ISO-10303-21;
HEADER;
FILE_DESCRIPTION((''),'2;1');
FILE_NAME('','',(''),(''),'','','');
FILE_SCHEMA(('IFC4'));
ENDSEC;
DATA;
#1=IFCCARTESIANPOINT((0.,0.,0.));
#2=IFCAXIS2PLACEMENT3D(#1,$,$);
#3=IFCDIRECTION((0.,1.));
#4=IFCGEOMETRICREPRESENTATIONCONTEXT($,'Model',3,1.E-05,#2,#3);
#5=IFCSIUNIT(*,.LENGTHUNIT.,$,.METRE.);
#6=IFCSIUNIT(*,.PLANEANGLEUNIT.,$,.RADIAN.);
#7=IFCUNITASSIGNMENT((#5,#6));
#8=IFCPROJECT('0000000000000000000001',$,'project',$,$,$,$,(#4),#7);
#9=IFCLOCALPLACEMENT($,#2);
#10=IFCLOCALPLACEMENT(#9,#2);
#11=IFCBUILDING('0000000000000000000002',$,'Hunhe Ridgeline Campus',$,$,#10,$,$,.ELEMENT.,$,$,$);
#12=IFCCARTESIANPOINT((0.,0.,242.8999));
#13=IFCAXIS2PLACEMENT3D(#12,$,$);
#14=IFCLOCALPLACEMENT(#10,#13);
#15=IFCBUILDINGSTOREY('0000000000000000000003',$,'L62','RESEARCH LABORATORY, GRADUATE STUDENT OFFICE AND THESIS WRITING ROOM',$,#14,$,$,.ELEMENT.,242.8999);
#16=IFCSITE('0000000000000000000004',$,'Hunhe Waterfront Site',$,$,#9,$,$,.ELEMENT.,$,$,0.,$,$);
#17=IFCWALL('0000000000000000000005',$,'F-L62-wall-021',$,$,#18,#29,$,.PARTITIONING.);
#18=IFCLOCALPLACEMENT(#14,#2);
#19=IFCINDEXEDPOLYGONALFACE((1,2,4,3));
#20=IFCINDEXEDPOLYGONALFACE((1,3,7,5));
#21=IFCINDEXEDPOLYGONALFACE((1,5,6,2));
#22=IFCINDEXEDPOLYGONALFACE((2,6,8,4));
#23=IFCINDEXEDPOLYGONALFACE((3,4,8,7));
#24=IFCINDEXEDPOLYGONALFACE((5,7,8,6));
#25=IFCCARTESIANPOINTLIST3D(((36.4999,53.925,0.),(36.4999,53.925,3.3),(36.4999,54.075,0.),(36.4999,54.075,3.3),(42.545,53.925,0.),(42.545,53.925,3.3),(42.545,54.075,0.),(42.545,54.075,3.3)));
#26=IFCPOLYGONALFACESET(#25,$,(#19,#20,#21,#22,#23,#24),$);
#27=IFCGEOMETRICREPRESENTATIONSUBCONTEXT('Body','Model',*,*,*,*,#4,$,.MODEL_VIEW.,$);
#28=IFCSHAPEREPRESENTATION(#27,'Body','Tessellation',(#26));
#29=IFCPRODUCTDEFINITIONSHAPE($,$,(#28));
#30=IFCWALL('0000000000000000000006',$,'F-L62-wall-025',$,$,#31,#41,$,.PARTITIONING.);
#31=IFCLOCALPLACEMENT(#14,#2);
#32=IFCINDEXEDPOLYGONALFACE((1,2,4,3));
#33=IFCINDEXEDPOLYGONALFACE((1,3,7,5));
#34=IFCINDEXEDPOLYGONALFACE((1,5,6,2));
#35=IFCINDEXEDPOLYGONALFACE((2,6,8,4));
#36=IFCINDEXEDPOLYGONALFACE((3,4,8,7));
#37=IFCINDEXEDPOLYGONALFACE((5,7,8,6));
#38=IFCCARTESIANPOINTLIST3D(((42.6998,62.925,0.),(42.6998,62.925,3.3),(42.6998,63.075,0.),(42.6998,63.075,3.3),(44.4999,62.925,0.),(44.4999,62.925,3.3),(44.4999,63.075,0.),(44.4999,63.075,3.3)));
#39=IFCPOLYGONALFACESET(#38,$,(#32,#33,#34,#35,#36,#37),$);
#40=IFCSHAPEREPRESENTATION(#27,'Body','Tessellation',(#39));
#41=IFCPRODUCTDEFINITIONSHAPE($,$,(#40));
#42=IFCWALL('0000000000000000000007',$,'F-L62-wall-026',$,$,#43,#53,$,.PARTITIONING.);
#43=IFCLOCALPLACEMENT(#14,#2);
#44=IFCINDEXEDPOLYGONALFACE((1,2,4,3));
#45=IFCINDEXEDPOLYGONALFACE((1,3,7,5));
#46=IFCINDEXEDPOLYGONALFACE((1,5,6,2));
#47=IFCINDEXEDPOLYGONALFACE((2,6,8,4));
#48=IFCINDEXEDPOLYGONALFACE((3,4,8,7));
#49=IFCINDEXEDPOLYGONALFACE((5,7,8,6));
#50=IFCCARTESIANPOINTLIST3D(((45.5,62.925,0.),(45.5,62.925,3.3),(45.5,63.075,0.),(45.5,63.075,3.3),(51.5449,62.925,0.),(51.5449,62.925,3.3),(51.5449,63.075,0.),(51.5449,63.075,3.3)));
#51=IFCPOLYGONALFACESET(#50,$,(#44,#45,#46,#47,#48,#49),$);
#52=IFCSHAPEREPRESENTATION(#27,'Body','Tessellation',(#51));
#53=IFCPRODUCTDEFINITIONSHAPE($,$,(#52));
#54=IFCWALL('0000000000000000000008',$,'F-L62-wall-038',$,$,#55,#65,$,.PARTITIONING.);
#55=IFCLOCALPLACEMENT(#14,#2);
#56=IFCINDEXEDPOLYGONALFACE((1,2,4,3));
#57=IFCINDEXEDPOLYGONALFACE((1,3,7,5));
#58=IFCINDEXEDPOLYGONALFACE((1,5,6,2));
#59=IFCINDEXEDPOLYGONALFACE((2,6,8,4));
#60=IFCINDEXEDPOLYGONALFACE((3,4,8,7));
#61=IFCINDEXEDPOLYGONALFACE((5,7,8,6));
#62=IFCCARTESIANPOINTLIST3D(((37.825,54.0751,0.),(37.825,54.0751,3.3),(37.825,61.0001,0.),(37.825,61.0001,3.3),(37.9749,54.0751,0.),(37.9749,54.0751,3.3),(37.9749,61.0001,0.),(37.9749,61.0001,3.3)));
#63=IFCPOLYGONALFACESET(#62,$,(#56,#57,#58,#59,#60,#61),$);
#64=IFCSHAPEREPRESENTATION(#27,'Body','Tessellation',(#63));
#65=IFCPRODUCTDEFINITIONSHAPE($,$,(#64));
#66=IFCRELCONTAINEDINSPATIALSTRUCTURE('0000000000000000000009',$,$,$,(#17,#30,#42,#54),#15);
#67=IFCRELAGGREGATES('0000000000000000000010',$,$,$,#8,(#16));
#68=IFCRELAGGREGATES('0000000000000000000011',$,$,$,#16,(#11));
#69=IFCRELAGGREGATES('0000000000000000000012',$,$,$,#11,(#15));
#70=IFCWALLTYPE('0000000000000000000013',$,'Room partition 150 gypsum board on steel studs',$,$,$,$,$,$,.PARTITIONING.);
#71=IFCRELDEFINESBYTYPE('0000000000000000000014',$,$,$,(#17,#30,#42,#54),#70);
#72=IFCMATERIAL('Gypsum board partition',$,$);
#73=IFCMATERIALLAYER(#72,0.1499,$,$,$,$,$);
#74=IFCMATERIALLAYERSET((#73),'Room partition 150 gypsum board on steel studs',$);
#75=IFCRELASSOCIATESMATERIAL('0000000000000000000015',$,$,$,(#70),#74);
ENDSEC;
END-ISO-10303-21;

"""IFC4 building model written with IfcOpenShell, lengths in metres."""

from ifc_helpers import new_model, si_unit, direction, frame, frame_2d, origin, place, context, subcontext, project, spatial, rectangle, extrude, material, layer, layer_set, type_object, element, save


model = new_model("IFC4")

# Units and contexts
model_context = context("Model", 3, precision=1e-05, world=origin(), true_north=direction((0.0, 1.0)))
body_context = subcontext(model_context, "Body", "Model", "MODEL_VIEW")
ifc_project = project(units=[si_unit("LENGTHUNIT", "METRE"), si_unit("PLANEANGLEUNIT", "RADIAN")], contexts=[model_context])

# Site, building, storey
site_placement = place(None, origin())
site = spatial("IfcSite", under=ifc_project, at=site_placement, Name="Hunhe Waterfront Site", CompositionType="ELEMENT", RefElevation=0.0)
building_placement = place(site_placement, origin())
building = spatial("IfcBuilding", under=site, at=building_placement, Name="Hunhe Ridgeline Campus", CompositionType="ELEMENT")
storey_placement = place(building_placement, frame((0.0, 0.0, 242.8999)))
storey = spatial("IfcBuildingStorey", under=building, at=storey_placement, Name="L62", Description="RESEARCH LABORATORY, GRADUATE STUDENT OFFICE AND THESIS WRITING ROOM", CompositionType="ELEMENT", Elevation=242.8999)

# Shared definitions
ifc_material_1 = material(Name="Gypsum board partition")

# Walls
ifc_layer_1 = layer(ifc_material_1, 0.1499)
ifc_layer_set_1 = layer_set([ifc_layer_1], Name="Room partition 150 gypsum board on steel studs")
wall_type_1 = type_object("IfcWallType", Name="Room partition 150 gypsum board on steel studs", PredefinedType="PARTITIONING", material=ifc_layer_set_1)
wall_1_placement = place(storey_placement, frame((36.5, 54.0, 0.0), z_axis=(0.0, 0.0, 1.0), x_axis=(1.0, 0.0, 0.0)))
element("IfcWall", 1, at=wall_1_placement, inside=storey, type_object=wall_type_1, Name="F-L62-wall-021", PredefinedType="PARTITIONING", context=body_context, shape_type="SweptSolid", body=[
    extrude(rectangle(XDim=6.0452, YDim=0.1499, at=frame_2d((3.0225, 0.0))), origin(), (0.0, 0.0, 1.0), 3.3),
])
wall_2_placement = place(storey_placement, frame((42.7, 63.0, 0.0), z_axis=(0.0, 0.0, 1.0), x_axis=(1.0, 0.0, 0.0)))
element("IfcWall", 2, at=wall_2_placement, inside=storey, type_object=wall_type_1, Name="F-L62-wall-025", PredefinedType="PARTITIONING", context=body_context, shape_type="SweptSolid", body=[
    extrude(rectangle(XDim=1.8, YDim=0.1499, at=frame_2d((0.8999, 0.0))), origin(), (0.0, 0.0, 1.0), 3.3),
])
wall_3_placement = place(storey_placement, frame((45.5, 63.0, 0.0), z_axis=(0.0, 0.0, 1.0), x_axis=(1.0, 0.0, 0.0)))
element("IfcWall", 3, at=wall_3_placement, inside=storey, type_object=wall_type_1, Name="F-L62-wall-026", PredefinedType="PARTITIONING", context=body_context, shape_type="SweptSolid", body=[
    extrude(rectangle(XDim=6.0449, YDim=0.1499, at=frame_2d((3.0225, 0.0))), origin(), (0.0, 0.0, 1.0), 3.3),
])
wall_4_placement = place(storey_placement, frame((37.8999, 61.0, 0.0), z_axis=(0.0, 0.0, 1.0), x_axis=(0.0, -1.0, 0.0)))
element("IfcWall", 4, at=wall_4_placement, inside=storey, type_object=wall_type_1, Name="F-L62-wall-038", PredefinedType="PARTITIONING", context=body_context, shape_type="SweptSolid", body=[
    extrude(rectangle(XDim=6.925, YDim=0.1499, at=frame_2d((3.4624, 0.0))), origin(), (0.0, 0.0, 1.0), 3.3),
])

save(model, "model.ifc")
